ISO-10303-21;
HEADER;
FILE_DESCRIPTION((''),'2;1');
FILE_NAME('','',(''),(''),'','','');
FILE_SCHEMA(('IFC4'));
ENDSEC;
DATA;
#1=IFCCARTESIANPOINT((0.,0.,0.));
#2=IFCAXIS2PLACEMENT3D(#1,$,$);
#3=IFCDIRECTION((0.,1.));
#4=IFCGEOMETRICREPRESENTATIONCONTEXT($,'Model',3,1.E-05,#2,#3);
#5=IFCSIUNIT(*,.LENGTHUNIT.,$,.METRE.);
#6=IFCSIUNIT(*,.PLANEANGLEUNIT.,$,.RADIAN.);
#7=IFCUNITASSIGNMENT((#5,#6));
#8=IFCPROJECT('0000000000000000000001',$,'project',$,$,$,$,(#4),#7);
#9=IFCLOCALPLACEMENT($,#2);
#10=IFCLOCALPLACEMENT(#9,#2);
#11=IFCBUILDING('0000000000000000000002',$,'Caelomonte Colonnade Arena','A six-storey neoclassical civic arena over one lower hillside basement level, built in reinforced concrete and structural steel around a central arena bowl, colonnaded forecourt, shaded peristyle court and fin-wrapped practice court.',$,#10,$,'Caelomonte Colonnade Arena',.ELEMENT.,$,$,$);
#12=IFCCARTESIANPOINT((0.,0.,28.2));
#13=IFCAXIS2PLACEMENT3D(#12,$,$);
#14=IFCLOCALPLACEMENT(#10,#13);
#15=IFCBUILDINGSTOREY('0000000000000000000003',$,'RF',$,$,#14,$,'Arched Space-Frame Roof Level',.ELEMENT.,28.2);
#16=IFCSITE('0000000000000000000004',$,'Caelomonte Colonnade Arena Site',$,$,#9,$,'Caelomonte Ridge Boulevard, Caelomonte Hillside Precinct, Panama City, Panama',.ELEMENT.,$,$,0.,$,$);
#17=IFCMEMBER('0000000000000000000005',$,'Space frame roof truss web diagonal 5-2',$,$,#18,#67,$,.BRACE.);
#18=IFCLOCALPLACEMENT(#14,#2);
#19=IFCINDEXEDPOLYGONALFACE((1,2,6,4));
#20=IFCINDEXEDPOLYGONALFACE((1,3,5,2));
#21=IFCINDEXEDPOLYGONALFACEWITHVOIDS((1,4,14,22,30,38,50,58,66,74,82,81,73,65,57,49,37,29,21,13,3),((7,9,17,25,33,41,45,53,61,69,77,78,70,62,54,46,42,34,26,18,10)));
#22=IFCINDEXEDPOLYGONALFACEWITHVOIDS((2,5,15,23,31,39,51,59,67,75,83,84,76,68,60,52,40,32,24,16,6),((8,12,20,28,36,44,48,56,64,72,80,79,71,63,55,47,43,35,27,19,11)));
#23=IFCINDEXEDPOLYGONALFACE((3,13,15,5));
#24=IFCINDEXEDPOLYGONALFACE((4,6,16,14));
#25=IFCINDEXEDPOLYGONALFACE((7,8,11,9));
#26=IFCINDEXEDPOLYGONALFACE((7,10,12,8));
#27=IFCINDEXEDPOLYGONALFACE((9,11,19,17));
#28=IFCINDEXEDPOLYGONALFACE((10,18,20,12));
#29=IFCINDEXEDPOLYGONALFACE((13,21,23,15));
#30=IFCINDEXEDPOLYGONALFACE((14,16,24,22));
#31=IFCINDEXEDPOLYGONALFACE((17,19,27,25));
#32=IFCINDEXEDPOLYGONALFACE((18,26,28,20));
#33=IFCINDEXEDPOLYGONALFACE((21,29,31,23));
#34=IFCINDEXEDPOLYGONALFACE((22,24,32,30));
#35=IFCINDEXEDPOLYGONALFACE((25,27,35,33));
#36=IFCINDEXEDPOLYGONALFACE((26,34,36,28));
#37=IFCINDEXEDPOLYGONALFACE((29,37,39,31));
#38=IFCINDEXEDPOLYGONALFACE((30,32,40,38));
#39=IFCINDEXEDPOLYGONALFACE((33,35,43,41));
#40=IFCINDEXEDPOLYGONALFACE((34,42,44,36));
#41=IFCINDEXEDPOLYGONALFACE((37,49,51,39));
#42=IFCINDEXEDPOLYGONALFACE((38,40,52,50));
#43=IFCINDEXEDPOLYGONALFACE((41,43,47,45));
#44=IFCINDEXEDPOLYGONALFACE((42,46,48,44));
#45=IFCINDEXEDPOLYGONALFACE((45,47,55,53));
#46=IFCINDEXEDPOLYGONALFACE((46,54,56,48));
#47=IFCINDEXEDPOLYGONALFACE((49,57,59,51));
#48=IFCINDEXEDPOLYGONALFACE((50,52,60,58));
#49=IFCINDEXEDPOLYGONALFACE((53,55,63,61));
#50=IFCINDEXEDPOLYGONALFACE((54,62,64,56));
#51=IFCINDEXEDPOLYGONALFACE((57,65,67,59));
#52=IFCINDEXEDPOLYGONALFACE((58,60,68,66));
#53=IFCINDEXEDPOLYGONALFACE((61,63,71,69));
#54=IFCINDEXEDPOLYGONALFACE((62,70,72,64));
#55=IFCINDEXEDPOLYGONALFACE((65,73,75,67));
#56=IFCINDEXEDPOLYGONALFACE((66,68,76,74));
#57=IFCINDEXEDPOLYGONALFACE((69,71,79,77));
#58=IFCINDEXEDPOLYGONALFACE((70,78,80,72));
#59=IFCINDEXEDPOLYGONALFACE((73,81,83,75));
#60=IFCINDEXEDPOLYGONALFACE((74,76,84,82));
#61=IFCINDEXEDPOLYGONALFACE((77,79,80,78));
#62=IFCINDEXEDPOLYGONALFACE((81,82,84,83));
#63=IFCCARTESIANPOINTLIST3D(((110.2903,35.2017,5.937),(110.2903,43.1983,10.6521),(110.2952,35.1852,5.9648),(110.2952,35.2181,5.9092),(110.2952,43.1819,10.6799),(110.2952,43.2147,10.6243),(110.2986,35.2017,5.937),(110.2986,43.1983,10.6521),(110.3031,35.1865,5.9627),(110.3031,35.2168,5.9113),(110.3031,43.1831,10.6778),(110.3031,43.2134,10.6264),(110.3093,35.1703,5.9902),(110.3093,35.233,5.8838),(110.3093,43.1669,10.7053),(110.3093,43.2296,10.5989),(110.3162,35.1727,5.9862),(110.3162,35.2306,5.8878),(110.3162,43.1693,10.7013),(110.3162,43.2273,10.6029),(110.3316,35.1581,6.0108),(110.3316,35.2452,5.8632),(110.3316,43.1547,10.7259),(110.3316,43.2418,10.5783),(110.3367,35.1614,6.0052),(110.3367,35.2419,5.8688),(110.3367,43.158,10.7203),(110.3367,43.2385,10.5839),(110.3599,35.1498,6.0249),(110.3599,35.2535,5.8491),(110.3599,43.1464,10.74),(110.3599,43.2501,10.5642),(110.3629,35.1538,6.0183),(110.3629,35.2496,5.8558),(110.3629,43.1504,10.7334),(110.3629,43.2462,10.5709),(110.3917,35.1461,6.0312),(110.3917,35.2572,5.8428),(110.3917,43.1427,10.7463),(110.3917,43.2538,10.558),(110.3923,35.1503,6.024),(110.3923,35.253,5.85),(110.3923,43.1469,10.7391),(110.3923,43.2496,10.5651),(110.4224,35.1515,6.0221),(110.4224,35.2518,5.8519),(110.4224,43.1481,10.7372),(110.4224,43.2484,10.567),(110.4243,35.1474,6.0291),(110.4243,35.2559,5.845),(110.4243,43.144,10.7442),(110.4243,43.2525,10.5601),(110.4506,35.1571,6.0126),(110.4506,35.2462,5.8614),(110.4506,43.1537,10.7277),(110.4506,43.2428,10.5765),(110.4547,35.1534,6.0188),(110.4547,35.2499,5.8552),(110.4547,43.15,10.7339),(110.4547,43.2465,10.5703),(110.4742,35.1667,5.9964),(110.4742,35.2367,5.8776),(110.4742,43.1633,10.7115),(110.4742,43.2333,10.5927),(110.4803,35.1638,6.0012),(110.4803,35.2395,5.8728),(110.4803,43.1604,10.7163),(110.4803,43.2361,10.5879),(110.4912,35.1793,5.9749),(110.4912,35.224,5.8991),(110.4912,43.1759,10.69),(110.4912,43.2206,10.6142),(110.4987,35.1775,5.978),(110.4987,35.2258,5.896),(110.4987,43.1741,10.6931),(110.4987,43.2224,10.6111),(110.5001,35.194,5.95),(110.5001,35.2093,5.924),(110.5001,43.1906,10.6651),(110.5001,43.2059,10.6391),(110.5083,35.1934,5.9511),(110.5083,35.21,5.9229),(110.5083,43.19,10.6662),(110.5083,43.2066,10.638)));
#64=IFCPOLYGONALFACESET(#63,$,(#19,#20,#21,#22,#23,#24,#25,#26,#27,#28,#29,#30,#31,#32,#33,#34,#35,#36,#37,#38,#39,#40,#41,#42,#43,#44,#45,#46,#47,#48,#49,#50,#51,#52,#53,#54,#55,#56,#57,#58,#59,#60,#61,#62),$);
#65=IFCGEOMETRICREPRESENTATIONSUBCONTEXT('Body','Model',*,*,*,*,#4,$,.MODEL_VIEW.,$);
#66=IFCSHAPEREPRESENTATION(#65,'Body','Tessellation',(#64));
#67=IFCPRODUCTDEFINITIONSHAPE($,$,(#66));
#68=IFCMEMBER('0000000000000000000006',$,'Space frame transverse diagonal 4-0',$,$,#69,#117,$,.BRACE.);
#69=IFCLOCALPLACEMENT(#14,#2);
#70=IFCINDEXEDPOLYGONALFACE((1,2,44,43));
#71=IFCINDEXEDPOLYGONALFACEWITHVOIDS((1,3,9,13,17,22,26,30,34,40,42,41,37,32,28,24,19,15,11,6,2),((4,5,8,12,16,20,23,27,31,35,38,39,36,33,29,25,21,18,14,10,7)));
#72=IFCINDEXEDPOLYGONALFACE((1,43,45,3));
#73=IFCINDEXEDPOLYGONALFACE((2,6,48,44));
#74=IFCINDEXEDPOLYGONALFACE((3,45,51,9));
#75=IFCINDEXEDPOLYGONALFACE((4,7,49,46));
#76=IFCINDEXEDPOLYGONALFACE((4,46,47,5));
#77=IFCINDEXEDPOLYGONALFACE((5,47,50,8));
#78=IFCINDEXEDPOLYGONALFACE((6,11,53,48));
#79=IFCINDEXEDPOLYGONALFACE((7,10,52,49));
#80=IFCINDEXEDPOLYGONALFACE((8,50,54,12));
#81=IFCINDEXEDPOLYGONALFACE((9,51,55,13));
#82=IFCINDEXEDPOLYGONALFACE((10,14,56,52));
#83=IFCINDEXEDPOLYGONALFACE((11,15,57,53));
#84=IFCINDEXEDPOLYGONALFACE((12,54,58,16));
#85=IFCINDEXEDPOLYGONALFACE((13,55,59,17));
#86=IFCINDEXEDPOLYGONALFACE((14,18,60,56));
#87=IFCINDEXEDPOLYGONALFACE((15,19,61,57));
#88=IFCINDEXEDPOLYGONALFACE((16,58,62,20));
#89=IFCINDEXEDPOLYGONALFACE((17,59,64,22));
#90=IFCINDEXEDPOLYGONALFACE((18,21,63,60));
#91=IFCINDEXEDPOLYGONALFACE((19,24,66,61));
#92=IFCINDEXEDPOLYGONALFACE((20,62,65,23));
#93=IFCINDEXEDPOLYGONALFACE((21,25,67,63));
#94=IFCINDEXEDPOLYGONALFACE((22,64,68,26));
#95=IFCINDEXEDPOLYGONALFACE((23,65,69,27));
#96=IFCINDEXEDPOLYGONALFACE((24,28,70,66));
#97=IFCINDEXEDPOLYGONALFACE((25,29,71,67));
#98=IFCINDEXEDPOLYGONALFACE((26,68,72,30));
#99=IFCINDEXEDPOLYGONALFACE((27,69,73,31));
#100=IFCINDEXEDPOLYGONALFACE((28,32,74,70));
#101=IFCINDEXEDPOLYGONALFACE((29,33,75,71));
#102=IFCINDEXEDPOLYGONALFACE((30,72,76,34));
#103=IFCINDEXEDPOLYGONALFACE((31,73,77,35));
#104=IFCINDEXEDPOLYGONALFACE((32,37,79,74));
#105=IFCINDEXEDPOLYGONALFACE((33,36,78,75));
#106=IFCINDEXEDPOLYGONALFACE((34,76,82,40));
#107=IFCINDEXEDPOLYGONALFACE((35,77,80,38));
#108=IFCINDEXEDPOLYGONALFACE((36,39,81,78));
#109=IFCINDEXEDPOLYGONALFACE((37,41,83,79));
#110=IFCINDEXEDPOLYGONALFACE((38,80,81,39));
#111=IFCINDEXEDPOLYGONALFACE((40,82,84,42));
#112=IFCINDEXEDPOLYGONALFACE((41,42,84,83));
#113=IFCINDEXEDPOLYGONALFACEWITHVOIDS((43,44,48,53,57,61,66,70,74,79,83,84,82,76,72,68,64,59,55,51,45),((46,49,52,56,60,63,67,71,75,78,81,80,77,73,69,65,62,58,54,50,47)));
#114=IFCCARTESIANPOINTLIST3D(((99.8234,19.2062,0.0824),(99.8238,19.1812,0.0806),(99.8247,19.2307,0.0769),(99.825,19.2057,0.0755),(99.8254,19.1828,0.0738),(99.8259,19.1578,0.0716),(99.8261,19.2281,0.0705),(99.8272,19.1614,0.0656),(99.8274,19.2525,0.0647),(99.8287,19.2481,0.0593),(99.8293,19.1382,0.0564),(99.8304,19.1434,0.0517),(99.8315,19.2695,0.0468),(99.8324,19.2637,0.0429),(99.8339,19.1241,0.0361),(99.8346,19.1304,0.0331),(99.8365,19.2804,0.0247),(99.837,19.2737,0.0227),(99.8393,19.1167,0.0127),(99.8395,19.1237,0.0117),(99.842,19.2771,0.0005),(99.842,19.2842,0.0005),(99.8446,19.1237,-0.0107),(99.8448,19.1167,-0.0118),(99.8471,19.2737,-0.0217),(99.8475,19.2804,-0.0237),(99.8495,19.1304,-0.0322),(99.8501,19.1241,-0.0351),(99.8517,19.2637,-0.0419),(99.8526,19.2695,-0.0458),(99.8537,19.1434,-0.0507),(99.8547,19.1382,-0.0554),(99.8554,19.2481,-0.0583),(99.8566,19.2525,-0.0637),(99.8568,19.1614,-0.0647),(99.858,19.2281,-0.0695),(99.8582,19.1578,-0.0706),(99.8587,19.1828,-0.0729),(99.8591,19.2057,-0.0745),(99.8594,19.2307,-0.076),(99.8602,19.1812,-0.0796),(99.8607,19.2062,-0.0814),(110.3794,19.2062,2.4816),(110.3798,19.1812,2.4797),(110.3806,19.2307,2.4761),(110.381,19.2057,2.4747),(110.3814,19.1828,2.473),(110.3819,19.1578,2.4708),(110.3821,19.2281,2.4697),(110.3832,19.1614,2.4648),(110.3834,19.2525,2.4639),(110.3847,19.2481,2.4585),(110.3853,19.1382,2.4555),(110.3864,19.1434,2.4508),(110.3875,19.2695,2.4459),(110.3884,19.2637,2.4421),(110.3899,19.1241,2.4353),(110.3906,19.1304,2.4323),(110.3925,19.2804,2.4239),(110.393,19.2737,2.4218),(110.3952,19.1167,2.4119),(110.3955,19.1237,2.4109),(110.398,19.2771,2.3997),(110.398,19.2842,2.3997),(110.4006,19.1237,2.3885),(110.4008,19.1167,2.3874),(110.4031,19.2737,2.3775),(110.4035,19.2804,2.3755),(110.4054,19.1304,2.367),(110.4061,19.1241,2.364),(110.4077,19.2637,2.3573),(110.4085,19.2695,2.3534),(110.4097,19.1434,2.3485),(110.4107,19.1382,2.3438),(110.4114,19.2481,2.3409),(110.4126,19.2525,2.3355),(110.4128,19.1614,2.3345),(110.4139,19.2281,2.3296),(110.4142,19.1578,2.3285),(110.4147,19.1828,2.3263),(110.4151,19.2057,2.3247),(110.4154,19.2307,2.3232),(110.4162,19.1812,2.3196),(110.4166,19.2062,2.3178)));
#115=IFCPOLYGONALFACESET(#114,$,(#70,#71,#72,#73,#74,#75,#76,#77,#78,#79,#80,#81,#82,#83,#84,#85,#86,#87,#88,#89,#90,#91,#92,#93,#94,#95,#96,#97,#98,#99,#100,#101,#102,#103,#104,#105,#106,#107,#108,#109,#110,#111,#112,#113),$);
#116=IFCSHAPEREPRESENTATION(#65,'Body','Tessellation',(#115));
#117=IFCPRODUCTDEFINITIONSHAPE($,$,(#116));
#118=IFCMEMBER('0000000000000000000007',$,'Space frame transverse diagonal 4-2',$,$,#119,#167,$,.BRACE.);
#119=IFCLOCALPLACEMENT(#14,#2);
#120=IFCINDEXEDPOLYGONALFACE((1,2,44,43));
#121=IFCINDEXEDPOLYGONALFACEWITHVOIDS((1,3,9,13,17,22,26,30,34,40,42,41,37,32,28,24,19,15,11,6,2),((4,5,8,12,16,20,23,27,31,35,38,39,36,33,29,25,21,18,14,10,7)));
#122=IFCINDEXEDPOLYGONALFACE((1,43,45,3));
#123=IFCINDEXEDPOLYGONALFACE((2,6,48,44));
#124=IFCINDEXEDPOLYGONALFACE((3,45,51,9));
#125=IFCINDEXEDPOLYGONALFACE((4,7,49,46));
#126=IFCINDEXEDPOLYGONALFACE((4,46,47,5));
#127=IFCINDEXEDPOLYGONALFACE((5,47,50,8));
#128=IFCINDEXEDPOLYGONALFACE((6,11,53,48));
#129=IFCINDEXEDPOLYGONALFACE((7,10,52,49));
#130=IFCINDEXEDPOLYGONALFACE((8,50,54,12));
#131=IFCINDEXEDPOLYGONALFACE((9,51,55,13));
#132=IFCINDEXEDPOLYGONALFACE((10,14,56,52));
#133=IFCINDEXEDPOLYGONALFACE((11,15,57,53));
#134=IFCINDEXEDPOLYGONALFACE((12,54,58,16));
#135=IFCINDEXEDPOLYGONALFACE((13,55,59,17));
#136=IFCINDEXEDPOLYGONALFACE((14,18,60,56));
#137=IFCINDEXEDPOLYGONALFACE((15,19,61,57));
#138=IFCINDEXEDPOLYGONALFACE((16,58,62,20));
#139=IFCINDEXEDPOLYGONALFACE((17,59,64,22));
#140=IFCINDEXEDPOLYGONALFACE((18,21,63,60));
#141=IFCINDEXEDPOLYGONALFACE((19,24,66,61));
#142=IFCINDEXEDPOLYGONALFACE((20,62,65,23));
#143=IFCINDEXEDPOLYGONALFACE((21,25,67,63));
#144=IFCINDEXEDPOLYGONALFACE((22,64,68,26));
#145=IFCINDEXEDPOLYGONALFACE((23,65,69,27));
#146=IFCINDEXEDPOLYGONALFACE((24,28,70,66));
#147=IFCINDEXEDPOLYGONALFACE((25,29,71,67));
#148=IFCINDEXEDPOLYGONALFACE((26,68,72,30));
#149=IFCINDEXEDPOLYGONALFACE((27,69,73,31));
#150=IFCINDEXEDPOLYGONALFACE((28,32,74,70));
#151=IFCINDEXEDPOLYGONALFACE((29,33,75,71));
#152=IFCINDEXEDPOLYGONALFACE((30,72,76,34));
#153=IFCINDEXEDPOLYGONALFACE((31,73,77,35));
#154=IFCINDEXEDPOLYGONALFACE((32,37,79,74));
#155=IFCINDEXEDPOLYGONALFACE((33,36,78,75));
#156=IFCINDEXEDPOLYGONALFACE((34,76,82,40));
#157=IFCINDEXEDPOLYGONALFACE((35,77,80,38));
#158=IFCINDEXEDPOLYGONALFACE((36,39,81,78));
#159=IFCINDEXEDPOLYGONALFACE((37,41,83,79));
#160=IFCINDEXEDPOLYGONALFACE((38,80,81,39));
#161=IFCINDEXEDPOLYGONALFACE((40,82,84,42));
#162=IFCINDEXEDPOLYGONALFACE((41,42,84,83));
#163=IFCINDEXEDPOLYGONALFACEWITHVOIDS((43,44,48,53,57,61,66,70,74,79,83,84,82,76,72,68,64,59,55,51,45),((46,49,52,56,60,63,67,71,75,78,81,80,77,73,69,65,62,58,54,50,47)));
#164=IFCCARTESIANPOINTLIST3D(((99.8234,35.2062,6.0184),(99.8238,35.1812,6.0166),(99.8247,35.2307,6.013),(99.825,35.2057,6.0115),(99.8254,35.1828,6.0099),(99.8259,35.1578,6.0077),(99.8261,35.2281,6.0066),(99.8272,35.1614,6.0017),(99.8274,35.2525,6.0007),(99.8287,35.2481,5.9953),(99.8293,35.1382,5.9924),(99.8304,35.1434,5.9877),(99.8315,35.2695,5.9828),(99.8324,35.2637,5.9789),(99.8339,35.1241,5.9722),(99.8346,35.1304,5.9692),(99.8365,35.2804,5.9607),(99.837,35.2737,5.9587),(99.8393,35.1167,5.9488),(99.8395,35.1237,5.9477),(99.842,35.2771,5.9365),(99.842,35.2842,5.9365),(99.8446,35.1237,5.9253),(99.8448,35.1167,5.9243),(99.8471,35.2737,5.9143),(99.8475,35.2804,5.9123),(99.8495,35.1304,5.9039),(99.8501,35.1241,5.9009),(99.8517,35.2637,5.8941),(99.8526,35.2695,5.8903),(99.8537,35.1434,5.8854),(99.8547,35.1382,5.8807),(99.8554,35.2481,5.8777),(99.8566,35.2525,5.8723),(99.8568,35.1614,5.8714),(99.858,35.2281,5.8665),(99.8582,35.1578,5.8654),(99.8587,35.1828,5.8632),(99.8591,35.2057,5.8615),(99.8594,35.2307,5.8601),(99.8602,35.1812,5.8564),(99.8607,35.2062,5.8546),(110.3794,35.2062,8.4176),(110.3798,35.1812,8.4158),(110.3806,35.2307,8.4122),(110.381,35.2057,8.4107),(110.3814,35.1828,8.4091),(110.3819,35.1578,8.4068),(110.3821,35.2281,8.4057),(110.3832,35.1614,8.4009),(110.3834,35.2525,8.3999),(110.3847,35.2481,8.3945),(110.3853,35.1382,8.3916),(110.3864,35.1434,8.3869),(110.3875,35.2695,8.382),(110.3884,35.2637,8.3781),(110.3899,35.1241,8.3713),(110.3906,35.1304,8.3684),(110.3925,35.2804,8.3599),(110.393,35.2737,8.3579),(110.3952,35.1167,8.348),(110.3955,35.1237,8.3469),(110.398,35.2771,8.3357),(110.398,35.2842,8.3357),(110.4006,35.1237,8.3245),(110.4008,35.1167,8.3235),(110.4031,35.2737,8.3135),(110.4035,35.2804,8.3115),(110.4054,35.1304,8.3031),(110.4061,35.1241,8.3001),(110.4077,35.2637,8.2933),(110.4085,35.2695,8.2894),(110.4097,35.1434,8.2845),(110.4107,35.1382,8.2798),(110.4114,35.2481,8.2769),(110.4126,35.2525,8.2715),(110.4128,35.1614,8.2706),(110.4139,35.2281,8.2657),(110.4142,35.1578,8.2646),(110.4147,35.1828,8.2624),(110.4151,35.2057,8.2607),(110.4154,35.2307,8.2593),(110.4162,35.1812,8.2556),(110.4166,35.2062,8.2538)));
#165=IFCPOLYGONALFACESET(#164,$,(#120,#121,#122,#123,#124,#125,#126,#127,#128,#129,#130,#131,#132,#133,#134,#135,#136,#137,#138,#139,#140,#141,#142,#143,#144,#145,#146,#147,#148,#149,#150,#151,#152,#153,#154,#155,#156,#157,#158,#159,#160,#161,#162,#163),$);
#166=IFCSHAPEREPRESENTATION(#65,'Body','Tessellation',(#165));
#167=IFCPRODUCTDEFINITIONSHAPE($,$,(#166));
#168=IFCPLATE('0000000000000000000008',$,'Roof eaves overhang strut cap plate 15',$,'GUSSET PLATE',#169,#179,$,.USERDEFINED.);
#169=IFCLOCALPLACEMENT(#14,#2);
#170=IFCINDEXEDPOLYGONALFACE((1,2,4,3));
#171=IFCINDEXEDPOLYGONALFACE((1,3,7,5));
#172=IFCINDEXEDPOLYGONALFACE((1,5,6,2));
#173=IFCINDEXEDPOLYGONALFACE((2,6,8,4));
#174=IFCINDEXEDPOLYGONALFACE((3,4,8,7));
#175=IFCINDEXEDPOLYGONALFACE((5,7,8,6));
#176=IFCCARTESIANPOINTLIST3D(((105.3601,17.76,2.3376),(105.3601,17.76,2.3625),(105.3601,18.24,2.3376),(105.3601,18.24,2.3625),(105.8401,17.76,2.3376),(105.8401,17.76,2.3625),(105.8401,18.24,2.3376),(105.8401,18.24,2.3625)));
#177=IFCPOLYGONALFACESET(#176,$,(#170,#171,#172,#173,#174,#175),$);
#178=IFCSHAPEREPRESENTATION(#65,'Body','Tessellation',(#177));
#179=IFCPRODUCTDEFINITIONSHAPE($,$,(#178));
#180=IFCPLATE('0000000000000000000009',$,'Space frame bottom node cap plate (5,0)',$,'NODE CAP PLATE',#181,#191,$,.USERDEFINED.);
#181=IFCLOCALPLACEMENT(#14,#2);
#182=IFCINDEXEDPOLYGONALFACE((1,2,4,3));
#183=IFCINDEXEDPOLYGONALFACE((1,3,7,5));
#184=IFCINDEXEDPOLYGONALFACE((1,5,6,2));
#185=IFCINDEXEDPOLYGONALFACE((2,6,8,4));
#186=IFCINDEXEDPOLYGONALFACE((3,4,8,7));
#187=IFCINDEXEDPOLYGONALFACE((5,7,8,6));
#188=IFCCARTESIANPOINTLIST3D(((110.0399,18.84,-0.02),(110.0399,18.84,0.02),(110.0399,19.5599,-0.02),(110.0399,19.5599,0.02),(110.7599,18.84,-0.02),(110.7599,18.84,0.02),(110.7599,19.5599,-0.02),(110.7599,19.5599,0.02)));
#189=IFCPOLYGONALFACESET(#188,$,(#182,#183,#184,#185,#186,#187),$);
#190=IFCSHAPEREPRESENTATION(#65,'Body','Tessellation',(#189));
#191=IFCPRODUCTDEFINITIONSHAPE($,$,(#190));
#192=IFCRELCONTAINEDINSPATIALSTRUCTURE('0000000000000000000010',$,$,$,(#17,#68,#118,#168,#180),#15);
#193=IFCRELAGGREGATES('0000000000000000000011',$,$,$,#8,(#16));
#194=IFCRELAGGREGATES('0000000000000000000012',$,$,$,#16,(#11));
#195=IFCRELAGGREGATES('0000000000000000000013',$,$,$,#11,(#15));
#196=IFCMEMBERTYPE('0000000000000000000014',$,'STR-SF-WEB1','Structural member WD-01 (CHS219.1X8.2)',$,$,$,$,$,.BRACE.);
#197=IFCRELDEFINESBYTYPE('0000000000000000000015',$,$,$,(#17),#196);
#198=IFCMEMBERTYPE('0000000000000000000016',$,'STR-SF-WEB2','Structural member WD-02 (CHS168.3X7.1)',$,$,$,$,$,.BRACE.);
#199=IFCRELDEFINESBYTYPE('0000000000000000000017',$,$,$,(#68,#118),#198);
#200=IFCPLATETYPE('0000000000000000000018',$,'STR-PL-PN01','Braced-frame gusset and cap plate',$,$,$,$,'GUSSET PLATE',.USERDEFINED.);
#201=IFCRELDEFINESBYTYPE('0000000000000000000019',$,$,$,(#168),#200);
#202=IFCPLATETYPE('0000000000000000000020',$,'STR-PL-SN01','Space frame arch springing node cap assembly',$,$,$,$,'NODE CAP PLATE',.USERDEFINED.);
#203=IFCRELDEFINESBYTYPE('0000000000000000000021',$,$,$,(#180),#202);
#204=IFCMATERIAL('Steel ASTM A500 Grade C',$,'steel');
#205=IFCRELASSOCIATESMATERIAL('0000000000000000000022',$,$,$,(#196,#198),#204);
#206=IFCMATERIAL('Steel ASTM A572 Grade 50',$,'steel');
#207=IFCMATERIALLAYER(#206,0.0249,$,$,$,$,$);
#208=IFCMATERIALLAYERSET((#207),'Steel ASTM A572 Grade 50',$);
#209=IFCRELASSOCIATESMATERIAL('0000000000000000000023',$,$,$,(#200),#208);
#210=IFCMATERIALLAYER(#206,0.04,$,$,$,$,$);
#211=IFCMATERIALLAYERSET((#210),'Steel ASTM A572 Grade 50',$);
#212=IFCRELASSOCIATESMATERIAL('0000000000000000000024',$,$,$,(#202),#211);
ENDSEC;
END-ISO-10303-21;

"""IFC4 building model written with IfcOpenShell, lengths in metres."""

from ifc_helpers import new_model, si_unit, direction, frame, origin, origin_2d, place, context, subcontext, project, spatial, rectangle, hollow_circle, extrude, material, layer, layer_set, material_profile, profile_set, type_object, element, save


model = new_model("IFC4")

# Units and contexts
model_context = context("Model", 3, precision=1e-05, world=origin(), true_north=direction((0.0, 1.0)))
body_context = subcontext(model_context, "Body", "Model", "MODEL_VIEW")
ifc_project = project(units=[si_unit("LENGTHUNIT", "METRE"), si_unit("PLANEANGLEUNIT", "RADIAN")], contexts=[model_context])

# Site, building, storey
site_placement = place(None, origin())
site = spatial("IfcSite", under=ifc_project, at=site_placement, Name="Caelomonte Colonnade Arena Site", LongName="Caelomonte Ridge Boulevard, Caelomonte Hillside Precinct, Panama City, Panama", CompositionType="ELEMENT", RefElevation=0.0)
building_placement = place(site_placement, origin())
building = spatial("IfcBuilding", under=site, at=building_placement, Name="Caelomonte Colonnade Arena", Description="A six-storey neoclassical civic arena over one lower hillside basement level, built in reinforced concrete and structural steel around a central arena bowl, colonnaded forecourt, shaded peristyle court and fin-wrapped practice court.", LongName="Caelomonte Colonnade Arena", CompositionType="ELEMENT")
storey_placement = place(building_placement, frame((0.0, 0.0, 28.2)))
storey = spatial("IfcBuildingStorey", under=building, at=storey_placement, Name="RF", LongName="Arched Space-Frame Roof Level", CompositionType="ELEMENT", Elevation=28.2)

# Members
ifc_material_1 = material(Name="Steel ASTM A500 Grade C", Category="steel")
ifc_material_profile_1 = material_profile(ifc_material_1, hollow_circle(Radius=0.1096, WallThickness=0.0083, at=origin_2d()), Name="CHS219.1X8.2")
ifc_profile_set_1 = profile_set([ifc_material_profile_1], Name="Steel ASTM A500 Grade C")
member_type_1 = type_object("IfcMemberType", Name="STR-SF-WEB1", Description="Structural member WD-01 (CHS219.1X8.2)", PredefinedType="BRACE", material=ifc_profile_set_1)
member_1_placement = place(storey_placement, frame((110.3999, 35.2017, 5.937), z_axis=(0.0, 0.861406, 0.507917), x_axis=(-1.0, 0.0, 0.0)))
element("IfcMember", 1, at=member_1_placement, inside=storey, type_object=member_type_1, Name="Space frame roof truss web diagonal 5-2", PredefinedType="BRACE", context=body_context, shape_type="SweptSolid", body=[
    extrude(hollow_circle(Radius=0.1096, WallThickness=0.0083, at=origin_2d()), origin(), (0.0, 0.0, 1.0), 9.2832),
])
ifc_material_profile_2 = material_profile(ifc_material_1, hollow_circle(Radius=0.0842, WallThickness=0.0071, at=origin_2d()), Name="CHS168.3X7.1")
ifc_profile_set_2 = profile_set([ifc_material_profile_2], Name="Steel ASTM A500 Grade C")
member_type_2 = type_object("IfcMemberType", Name="STR-SF-WEB2", Description="Structural member WD-02 (CHS168.3X7.1)", PredefinedType="BRACE", material=ifc_profile_set_2)
for number, where, z_axis, x_axis, name in (
    (2, (99.842, 19.2, 0.0005), (0.975131, 0.0, 0.22163), (0.0, 1.0, 0.0), "Space frame transverse diagonal 4-0"),
    (3, (99.842, 35.2, 5.9365), (0.975131, 0.0, 0.22163), (0.0, 1.0, 0.0), "Space frame transverse diagonal 4-2"),
):
    element("IfcMember", number, at=place(storey_placement, frame(where, z_axis=z_axis, x_axis=x_axis)), inside=storey, type_object=member_type_2, Name=name, PredefinedType="BRACE", context=body_context, shape_type="SweptSolid", body=[
        extrude(hollow_circle(Radius=0.0842, WallThickness=0.0071, at=origin_2d()), origin(), (0.0, 0.0, 1.0), 10.8252),
    ])

# Plates
ifc_material_2 = material(Name="Steel ASTM A572 Grade 50", Category="steel")
ifc_layer_1 = layer(ifc_material_2, 0.0249)
ifc_layer_set_1 = layer_set([ifc_layer_1], Name="Steel ASTM A572 Grade 50")
plate_type_1 = type_object("IfcPlateType", Name="STR-PL-PN01", Description="Braced-frame gusset and cap plate", ElementType="GUSSET PLATE", PredefinedType="USERDEFINED", material=ifc_layer_set_1)
plate_1_placement = place(storey_placement, frame((105.6001, 18.0, 2.3376), z_axis=(0.0, 0.0, 1.0), x_axis=(1.0, 0.0, 0.0)))
element("IfcPlate", 4, at=plate_1_placement, inside=storey, type_object=plate_type_1, Name="Roof eaves overhang strut cap plate 15", ObjectType="GUSSET PLATE", PredefinedType="USERDEFINED", context=body_context, shape_type="SweptSolid", body=[
    extrude(rectangle(XDim=0.48, YDim=0.48, at=origin_2d()), origin(), (0.0, 0.0, 1.0), 0.0249),
])
ifc_layer_2 = layer(ifc_material_2, 0.04)
ifc_layer_set_2 = layer_set([ifc_layer_2], Name="Steel ASTM A572 Grade 50")
plate_type_2 = type_object("IfcPlateType", Name="STR-PL-SN01", Description="Space frame arch springing node cap assembly", ElementType="NODE CAP PLATE", PredefinedType="USERDEFINED", material=ifc_layer_set_2)
plate_2_placement = place(storey_placement, frame((110.3999, 19.2, -0.02), z_axis=(0.0, 0.0, 1.0), x_axis=(1.0, 0.0, 0.0)))
element("IfcPlate", 5, at=plate_2_placement, inside=storey, type_object=plate_type_2, Name="Space frame bottom node cap plate (5,0)", ObjectType="NODE CAP PLATE", PredefinedType="USERDEFINED", context=body_context, shape_type="SweptSolid", body=[
    extrude(rectangle(XDim=0.72, YDim=0.72, at=origin_2d()), origin(), (0.0, 0.0, 1.0), 0.04),
])

save(model, "model.ifc")
